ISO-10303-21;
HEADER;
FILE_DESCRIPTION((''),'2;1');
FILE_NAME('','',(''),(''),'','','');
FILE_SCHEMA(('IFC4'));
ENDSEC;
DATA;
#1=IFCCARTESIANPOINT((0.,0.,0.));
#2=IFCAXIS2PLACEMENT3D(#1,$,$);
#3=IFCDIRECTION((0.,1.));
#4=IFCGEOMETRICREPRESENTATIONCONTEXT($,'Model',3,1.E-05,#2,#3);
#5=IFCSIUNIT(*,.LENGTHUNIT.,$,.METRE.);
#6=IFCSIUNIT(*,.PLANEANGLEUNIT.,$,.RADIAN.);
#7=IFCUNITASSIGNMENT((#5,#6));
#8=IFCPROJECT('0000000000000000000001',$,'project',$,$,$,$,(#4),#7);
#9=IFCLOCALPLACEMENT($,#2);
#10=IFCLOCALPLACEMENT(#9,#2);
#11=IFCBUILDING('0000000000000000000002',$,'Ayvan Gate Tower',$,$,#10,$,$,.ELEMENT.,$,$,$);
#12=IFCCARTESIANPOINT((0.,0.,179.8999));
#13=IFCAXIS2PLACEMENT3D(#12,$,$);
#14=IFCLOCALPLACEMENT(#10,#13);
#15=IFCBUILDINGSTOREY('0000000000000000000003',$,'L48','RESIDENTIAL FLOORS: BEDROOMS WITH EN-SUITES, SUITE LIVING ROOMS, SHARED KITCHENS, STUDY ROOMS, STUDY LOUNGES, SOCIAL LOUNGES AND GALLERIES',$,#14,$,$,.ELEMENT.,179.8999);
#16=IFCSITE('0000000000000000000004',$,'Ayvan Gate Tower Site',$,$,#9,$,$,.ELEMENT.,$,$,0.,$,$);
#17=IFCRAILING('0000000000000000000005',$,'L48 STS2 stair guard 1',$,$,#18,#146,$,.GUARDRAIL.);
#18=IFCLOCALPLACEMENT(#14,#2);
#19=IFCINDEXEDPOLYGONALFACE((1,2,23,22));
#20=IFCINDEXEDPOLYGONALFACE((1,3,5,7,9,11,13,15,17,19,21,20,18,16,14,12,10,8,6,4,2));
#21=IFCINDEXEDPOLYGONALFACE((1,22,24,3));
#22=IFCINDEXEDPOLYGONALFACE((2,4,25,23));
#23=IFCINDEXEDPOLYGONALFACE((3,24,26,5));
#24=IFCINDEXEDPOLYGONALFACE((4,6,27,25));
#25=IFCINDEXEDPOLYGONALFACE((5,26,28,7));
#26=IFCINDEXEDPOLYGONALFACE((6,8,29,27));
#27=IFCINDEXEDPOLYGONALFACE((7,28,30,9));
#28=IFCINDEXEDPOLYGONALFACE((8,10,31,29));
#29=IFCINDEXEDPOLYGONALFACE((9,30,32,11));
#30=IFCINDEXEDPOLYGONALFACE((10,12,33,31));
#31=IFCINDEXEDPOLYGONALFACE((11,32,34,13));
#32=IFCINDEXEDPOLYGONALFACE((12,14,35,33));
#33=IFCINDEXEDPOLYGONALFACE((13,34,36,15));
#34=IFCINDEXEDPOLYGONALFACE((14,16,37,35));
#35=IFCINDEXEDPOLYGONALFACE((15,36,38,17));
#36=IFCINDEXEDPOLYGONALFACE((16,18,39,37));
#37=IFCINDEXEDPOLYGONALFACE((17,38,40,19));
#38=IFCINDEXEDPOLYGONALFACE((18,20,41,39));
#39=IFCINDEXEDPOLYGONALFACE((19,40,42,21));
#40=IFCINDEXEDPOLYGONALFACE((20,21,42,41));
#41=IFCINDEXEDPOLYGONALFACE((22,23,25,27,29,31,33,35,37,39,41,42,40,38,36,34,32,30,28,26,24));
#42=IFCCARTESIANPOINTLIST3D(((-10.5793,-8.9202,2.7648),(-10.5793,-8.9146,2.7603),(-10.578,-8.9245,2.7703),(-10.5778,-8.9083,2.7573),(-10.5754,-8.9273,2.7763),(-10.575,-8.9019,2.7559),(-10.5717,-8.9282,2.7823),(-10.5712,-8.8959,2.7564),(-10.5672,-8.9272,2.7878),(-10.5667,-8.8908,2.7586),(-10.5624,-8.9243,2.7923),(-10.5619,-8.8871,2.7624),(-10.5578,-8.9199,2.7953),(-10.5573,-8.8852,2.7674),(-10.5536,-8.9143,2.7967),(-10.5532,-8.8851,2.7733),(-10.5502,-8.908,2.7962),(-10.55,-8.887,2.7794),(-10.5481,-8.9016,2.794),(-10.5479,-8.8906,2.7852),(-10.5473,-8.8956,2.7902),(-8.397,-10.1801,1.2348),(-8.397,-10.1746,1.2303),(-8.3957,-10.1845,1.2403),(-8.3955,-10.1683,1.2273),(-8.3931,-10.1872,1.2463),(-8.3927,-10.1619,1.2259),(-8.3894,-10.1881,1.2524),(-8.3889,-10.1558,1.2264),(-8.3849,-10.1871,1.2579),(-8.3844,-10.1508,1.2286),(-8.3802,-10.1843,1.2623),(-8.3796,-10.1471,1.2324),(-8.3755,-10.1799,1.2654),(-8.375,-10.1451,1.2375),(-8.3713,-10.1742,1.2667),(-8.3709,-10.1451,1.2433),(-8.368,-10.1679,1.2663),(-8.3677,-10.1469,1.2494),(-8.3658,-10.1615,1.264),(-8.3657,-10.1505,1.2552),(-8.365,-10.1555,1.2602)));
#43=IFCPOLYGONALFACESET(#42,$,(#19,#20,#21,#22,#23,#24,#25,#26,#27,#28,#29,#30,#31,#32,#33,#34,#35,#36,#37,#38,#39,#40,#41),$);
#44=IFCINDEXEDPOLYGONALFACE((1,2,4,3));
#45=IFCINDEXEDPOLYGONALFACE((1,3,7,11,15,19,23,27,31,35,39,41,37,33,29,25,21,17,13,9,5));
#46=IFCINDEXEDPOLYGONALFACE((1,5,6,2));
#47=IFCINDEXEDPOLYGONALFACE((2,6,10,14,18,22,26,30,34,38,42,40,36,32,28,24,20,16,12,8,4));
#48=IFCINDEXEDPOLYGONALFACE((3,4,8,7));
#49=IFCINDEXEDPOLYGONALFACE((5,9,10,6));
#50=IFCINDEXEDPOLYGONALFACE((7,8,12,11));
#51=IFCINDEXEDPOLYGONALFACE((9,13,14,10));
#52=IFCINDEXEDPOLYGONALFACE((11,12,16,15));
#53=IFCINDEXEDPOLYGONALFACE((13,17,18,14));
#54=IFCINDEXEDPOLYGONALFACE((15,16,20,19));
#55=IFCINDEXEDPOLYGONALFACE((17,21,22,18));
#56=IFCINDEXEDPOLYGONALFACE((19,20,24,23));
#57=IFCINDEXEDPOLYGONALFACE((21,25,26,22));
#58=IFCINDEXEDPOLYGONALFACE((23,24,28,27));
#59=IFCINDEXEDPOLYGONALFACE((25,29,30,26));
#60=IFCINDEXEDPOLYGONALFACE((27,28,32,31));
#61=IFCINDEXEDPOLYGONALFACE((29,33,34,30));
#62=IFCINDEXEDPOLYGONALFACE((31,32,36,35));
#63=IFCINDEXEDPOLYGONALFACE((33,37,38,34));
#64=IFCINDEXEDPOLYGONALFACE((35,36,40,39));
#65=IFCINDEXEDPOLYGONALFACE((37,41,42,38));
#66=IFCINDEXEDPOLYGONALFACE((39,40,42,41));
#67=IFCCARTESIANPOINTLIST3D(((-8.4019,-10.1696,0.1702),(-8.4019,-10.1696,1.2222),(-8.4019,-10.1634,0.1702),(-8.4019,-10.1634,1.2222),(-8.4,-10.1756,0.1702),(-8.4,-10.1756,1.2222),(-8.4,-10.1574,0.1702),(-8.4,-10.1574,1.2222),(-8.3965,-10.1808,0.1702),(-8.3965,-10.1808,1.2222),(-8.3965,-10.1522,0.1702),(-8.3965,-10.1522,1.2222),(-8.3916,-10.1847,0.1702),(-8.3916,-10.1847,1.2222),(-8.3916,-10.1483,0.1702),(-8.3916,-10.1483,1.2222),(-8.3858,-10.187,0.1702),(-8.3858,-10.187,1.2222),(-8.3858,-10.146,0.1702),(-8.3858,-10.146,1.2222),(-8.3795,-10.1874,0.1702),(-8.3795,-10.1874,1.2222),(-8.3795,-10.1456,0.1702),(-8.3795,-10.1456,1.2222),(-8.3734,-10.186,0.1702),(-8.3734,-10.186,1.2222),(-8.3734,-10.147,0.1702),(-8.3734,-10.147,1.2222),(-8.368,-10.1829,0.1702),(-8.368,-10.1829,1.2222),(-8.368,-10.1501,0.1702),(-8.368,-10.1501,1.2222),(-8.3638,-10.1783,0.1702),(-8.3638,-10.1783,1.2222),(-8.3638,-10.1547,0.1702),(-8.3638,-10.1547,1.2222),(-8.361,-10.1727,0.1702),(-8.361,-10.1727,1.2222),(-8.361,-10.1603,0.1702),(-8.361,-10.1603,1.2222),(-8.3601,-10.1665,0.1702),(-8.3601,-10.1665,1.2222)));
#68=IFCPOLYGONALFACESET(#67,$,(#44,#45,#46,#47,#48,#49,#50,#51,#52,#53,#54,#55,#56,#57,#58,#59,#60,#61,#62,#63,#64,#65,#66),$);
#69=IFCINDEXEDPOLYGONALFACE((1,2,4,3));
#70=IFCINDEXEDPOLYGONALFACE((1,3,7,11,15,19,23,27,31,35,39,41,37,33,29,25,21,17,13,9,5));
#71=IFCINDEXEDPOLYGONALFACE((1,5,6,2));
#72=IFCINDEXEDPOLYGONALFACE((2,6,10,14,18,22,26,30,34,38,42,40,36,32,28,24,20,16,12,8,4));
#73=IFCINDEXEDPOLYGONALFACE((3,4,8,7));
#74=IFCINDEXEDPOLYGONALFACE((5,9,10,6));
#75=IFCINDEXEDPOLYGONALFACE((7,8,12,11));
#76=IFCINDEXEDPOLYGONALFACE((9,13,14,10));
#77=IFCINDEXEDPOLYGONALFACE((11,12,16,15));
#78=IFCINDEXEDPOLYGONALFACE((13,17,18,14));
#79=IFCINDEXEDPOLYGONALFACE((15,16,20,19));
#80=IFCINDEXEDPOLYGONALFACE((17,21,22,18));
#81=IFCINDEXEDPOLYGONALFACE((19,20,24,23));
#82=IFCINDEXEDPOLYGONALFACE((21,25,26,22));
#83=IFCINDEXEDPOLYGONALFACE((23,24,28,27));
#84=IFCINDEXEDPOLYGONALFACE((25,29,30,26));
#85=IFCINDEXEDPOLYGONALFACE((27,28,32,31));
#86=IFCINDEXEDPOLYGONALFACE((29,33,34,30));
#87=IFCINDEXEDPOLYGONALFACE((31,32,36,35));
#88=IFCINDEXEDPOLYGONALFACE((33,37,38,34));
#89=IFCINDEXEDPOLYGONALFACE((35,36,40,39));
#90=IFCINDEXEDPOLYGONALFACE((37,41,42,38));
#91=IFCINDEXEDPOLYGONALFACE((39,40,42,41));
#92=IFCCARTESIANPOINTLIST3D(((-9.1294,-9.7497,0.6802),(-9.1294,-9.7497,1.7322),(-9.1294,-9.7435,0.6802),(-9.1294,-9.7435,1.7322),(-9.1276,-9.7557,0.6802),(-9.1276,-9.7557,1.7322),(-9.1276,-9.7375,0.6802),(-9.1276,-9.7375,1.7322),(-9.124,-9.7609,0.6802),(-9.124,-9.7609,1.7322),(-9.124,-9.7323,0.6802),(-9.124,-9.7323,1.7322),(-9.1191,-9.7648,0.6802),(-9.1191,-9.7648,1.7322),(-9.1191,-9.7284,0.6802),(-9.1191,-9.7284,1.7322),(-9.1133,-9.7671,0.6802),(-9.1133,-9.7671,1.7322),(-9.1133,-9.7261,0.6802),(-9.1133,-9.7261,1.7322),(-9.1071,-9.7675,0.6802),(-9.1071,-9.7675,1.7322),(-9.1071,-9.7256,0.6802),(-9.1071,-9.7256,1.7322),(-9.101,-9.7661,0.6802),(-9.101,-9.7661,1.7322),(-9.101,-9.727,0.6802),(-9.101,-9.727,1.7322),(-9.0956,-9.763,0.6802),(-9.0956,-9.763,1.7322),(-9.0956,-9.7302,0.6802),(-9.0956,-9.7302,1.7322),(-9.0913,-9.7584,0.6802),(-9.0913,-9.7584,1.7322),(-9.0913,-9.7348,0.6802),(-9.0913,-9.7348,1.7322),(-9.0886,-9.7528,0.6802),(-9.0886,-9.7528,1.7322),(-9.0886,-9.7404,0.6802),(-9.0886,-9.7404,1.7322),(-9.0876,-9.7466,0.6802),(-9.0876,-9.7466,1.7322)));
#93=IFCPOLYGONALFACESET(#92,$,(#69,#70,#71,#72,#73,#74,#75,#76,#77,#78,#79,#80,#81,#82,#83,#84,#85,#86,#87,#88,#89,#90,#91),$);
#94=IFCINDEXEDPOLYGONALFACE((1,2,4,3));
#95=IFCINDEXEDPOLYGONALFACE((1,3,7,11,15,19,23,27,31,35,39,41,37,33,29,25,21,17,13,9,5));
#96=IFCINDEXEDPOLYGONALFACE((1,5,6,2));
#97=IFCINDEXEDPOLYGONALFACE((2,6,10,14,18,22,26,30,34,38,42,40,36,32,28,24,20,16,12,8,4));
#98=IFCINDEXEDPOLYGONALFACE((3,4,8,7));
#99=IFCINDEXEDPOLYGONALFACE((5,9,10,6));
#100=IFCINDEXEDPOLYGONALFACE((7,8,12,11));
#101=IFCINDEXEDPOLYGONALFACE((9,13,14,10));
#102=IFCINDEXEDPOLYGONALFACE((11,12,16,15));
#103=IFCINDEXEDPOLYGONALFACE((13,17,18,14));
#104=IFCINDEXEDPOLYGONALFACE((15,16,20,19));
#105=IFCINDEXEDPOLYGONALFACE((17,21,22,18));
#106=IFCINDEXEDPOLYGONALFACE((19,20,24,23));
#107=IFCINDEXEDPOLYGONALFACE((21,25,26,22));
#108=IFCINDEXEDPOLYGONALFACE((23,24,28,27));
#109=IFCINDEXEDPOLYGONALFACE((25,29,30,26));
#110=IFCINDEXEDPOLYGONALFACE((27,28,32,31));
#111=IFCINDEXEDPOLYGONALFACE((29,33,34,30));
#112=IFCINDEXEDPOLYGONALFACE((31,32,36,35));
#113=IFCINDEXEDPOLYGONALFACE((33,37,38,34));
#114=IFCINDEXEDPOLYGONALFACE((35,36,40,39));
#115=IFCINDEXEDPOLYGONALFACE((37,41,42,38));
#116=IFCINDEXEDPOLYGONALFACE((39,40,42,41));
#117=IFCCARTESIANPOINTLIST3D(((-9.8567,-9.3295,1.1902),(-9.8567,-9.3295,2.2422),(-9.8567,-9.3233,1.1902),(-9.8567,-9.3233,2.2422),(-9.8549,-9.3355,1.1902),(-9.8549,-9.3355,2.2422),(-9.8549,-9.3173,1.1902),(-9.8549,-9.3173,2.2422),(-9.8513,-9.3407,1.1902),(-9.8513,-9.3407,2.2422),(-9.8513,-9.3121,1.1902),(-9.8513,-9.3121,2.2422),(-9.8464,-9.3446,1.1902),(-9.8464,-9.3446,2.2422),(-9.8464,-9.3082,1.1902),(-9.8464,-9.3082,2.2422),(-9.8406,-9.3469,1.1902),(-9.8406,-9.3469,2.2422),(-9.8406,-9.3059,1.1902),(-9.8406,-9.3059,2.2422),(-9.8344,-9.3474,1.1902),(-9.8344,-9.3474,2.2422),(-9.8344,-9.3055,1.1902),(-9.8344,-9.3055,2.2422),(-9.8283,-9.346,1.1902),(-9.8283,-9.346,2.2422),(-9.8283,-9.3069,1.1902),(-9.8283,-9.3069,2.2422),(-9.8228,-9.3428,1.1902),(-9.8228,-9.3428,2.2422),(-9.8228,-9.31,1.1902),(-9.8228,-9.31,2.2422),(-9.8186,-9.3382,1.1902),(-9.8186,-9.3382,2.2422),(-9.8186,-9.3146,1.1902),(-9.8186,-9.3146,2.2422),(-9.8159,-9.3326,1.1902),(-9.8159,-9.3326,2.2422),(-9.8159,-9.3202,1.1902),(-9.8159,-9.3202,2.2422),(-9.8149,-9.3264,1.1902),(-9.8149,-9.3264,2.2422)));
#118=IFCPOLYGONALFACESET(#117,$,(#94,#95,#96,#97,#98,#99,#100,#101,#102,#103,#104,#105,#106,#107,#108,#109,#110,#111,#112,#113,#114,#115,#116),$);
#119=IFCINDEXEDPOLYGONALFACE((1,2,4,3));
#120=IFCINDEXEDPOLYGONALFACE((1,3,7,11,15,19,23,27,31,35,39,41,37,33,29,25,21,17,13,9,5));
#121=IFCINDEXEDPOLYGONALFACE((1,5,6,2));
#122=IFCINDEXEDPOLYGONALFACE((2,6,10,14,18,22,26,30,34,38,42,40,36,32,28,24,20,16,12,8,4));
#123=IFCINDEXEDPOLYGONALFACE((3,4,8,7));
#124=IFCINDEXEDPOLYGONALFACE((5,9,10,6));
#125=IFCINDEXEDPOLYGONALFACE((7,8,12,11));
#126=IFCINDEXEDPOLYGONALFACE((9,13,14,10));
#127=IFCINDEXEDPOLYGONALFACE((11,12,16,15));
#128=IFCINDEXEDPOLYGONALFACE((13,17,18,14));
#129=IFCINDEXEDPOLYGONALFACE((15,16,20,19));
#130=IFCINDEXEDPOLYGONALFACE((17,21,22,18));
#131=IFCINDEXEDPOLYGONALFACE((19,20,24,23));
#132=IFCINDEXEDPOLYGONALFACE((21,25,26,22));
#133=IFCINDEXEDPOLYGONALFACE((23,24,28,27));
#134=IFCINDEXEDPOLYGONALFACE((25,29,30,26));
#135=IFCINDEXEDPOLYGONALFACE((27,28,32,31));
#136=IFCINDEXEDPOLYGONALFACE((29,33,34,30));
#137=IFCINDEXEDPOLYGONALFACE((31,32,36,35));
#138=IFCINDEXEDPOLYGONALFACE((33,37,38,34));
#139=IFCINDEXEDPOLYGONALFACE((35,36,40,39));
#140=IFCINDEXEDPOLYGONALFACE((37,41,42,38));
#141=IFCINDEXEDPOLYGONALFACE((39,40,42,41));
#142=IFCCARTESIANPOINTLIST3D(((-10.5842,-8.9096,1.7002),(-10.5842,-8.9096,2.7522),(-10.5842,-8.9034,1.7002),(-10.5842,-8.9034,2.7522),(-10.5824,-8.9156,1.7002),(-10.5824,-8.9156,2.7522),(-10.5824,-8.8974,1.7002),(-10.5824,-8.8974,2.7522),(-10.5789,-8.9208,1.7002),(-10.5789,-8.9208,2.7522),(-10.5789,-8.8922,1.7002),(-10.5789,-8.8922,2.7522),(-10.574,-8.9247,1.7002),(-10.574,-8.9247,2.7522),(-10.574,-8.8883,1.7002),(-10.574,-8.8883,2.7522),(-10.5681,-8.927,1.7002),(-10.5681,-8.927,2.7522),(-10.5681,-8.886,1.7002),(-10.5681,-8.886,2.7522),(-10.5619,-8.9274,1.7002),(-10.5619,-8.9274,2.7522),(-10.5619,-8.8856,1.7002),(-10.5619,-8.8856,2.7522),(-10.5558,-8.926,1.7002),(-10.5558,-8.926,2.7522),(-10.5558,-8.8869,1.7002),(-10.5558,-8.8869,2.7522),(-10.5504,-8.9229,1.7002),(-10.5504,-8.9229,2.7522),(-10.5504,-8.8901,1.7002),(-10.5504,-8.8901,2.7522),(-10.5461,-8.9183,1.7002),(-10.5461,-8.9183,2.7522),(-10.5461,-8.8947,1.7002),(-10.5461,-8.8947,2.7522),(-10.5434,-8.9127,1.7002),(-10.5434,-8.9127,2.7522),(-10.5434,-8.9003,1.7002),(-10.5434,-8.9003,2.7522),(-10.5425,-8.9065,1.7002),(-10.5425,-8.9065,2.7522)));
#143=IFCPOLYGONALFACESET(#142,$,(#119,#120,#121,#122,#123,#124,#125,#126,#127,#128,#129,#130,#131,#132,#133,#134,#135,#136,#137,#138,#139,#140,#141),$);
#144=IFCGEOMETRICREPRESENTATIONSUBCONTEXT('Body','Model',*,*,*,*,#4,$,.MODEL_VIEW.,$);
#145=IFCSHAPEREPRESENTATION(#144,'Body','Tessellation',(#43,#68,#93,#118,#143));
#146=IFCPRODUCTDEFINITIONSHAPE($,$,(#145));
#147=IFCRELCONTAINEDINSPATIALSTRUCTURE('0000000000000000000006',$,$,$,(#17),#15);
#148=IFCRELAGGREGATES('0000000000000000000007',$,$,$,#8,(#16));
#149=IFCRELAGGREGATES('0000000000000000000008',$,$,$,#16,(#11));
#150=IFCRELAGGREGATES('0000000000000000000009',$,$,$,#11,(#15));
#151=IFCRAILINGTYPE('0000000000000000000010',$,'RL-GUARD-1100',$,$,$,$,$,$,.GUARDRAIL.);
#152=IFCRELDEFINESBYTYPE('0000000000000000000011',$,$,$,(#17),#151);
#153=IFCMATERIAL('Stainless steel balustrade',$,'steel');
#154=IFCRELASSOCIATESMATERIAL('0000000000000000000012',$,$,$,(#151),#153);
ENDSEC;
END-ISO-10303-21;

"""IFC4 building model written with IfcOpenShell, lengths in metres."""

from ifc_helpers import new_model, si_unit, direction, frame, origin, origin_2d, place, context, subcontext, project, spatial, circle, extrude, material, type_object, element, save


model = new_model("IFC4")

# Units and contexts
model_context = context("Model", 3, precision=1e-05, world=origin(), true_north=direction((0.0, 1.0)))
body_context = subcontext(model_context, "Body", "Model", "MODEL_VIEW")
ifc_project = project(units=[si_unit("LENGTHUNIT", "METRE"), si_unit("PLANEANGLEUNIT", "RADIAN")], contexts=[model_context])

# Site, building, storey
site_placement = place(None, origin())
site = spatial("IfcSite", under=ifc_project, at=site_placement, Name="Ayvan Gate Tower Site", CompositionType="ELEMENT", RefElevation=0.0)
building_placement = place(site_placement, origin())
building = spatial("IfcBuilding", under=site, at=building_placement, Name="Ayvan Gate Tower", CompositionType="ELEMENT")
storey_placement = place(building_placement, frame((0.0, 0.0, 179.8999)))
storey = spatial("IfcBuildingStorey", under=building, at=storey_placement, Name="L48", Description="RESIDENTIAL FLOORS: BEDROOMS WITH EN-SUITES, SUITE LIVING ROOMS, SHARED KITCHENS, STUDY ROOMS, STUDY LOUNGES, SOCIAL LOUNGES AND GALLERIES", CompositionType="ELEMENT", Elevation=179.8999)

# Railing
ifc_material_1 = material(Name="Stainless steel balustrade", Category="steel")
railing_type_1 = type_object("IfcRailingType", Name="RL-GUARD-1100", PredefinedType="GUARDRAIL", material=ifc_material_1)
railing_1_placement = place(storey_placement, frame((-8.3811, -10.1665, 0.1702)))
element("IfcRailing", 1, at=railing_1_placement, inside=storey, type_object=railing_type_1, Name="L48 STS2 stair guard 1", PredefinedType="GUARDRAIL", context=body_context, shape_type="SweptSolid", body=[
    extrude(circle(Radius=0.0239, at=origin_2d()), frame((0.0, 0.0, 1.0762), z_axis=(-0.740261, 0.427395, 0.518986), x_axis=(-0.500005, -0.866023, 0.0)), (0.0, 0.0, 1.0), 2.948),
    extrude(circle(Radius=0.021, at=origin_2d()), origin(), (0.0, 0.0, 1.0), 1.052),
    extrude(circle(Radius=0.021, at=origin_2d()), frame((-0.7275, 0.4199, 0.51)), (0.0, 0.0, 1.0), 1.052),
    extrude(circle(Radius=0.021, at=origin_2d()), frame((-1.4548, 0.8401, 1.02)), (0.0, 0.0, 1.0), 1.052),
    extrude(circle(Radius=0.021, at=origin_2d()), frame((-2.1824, 1.26, 1.53)), (0.0, 0.0, 1.0), 1.052),
])

save(model, "model.ifc")
